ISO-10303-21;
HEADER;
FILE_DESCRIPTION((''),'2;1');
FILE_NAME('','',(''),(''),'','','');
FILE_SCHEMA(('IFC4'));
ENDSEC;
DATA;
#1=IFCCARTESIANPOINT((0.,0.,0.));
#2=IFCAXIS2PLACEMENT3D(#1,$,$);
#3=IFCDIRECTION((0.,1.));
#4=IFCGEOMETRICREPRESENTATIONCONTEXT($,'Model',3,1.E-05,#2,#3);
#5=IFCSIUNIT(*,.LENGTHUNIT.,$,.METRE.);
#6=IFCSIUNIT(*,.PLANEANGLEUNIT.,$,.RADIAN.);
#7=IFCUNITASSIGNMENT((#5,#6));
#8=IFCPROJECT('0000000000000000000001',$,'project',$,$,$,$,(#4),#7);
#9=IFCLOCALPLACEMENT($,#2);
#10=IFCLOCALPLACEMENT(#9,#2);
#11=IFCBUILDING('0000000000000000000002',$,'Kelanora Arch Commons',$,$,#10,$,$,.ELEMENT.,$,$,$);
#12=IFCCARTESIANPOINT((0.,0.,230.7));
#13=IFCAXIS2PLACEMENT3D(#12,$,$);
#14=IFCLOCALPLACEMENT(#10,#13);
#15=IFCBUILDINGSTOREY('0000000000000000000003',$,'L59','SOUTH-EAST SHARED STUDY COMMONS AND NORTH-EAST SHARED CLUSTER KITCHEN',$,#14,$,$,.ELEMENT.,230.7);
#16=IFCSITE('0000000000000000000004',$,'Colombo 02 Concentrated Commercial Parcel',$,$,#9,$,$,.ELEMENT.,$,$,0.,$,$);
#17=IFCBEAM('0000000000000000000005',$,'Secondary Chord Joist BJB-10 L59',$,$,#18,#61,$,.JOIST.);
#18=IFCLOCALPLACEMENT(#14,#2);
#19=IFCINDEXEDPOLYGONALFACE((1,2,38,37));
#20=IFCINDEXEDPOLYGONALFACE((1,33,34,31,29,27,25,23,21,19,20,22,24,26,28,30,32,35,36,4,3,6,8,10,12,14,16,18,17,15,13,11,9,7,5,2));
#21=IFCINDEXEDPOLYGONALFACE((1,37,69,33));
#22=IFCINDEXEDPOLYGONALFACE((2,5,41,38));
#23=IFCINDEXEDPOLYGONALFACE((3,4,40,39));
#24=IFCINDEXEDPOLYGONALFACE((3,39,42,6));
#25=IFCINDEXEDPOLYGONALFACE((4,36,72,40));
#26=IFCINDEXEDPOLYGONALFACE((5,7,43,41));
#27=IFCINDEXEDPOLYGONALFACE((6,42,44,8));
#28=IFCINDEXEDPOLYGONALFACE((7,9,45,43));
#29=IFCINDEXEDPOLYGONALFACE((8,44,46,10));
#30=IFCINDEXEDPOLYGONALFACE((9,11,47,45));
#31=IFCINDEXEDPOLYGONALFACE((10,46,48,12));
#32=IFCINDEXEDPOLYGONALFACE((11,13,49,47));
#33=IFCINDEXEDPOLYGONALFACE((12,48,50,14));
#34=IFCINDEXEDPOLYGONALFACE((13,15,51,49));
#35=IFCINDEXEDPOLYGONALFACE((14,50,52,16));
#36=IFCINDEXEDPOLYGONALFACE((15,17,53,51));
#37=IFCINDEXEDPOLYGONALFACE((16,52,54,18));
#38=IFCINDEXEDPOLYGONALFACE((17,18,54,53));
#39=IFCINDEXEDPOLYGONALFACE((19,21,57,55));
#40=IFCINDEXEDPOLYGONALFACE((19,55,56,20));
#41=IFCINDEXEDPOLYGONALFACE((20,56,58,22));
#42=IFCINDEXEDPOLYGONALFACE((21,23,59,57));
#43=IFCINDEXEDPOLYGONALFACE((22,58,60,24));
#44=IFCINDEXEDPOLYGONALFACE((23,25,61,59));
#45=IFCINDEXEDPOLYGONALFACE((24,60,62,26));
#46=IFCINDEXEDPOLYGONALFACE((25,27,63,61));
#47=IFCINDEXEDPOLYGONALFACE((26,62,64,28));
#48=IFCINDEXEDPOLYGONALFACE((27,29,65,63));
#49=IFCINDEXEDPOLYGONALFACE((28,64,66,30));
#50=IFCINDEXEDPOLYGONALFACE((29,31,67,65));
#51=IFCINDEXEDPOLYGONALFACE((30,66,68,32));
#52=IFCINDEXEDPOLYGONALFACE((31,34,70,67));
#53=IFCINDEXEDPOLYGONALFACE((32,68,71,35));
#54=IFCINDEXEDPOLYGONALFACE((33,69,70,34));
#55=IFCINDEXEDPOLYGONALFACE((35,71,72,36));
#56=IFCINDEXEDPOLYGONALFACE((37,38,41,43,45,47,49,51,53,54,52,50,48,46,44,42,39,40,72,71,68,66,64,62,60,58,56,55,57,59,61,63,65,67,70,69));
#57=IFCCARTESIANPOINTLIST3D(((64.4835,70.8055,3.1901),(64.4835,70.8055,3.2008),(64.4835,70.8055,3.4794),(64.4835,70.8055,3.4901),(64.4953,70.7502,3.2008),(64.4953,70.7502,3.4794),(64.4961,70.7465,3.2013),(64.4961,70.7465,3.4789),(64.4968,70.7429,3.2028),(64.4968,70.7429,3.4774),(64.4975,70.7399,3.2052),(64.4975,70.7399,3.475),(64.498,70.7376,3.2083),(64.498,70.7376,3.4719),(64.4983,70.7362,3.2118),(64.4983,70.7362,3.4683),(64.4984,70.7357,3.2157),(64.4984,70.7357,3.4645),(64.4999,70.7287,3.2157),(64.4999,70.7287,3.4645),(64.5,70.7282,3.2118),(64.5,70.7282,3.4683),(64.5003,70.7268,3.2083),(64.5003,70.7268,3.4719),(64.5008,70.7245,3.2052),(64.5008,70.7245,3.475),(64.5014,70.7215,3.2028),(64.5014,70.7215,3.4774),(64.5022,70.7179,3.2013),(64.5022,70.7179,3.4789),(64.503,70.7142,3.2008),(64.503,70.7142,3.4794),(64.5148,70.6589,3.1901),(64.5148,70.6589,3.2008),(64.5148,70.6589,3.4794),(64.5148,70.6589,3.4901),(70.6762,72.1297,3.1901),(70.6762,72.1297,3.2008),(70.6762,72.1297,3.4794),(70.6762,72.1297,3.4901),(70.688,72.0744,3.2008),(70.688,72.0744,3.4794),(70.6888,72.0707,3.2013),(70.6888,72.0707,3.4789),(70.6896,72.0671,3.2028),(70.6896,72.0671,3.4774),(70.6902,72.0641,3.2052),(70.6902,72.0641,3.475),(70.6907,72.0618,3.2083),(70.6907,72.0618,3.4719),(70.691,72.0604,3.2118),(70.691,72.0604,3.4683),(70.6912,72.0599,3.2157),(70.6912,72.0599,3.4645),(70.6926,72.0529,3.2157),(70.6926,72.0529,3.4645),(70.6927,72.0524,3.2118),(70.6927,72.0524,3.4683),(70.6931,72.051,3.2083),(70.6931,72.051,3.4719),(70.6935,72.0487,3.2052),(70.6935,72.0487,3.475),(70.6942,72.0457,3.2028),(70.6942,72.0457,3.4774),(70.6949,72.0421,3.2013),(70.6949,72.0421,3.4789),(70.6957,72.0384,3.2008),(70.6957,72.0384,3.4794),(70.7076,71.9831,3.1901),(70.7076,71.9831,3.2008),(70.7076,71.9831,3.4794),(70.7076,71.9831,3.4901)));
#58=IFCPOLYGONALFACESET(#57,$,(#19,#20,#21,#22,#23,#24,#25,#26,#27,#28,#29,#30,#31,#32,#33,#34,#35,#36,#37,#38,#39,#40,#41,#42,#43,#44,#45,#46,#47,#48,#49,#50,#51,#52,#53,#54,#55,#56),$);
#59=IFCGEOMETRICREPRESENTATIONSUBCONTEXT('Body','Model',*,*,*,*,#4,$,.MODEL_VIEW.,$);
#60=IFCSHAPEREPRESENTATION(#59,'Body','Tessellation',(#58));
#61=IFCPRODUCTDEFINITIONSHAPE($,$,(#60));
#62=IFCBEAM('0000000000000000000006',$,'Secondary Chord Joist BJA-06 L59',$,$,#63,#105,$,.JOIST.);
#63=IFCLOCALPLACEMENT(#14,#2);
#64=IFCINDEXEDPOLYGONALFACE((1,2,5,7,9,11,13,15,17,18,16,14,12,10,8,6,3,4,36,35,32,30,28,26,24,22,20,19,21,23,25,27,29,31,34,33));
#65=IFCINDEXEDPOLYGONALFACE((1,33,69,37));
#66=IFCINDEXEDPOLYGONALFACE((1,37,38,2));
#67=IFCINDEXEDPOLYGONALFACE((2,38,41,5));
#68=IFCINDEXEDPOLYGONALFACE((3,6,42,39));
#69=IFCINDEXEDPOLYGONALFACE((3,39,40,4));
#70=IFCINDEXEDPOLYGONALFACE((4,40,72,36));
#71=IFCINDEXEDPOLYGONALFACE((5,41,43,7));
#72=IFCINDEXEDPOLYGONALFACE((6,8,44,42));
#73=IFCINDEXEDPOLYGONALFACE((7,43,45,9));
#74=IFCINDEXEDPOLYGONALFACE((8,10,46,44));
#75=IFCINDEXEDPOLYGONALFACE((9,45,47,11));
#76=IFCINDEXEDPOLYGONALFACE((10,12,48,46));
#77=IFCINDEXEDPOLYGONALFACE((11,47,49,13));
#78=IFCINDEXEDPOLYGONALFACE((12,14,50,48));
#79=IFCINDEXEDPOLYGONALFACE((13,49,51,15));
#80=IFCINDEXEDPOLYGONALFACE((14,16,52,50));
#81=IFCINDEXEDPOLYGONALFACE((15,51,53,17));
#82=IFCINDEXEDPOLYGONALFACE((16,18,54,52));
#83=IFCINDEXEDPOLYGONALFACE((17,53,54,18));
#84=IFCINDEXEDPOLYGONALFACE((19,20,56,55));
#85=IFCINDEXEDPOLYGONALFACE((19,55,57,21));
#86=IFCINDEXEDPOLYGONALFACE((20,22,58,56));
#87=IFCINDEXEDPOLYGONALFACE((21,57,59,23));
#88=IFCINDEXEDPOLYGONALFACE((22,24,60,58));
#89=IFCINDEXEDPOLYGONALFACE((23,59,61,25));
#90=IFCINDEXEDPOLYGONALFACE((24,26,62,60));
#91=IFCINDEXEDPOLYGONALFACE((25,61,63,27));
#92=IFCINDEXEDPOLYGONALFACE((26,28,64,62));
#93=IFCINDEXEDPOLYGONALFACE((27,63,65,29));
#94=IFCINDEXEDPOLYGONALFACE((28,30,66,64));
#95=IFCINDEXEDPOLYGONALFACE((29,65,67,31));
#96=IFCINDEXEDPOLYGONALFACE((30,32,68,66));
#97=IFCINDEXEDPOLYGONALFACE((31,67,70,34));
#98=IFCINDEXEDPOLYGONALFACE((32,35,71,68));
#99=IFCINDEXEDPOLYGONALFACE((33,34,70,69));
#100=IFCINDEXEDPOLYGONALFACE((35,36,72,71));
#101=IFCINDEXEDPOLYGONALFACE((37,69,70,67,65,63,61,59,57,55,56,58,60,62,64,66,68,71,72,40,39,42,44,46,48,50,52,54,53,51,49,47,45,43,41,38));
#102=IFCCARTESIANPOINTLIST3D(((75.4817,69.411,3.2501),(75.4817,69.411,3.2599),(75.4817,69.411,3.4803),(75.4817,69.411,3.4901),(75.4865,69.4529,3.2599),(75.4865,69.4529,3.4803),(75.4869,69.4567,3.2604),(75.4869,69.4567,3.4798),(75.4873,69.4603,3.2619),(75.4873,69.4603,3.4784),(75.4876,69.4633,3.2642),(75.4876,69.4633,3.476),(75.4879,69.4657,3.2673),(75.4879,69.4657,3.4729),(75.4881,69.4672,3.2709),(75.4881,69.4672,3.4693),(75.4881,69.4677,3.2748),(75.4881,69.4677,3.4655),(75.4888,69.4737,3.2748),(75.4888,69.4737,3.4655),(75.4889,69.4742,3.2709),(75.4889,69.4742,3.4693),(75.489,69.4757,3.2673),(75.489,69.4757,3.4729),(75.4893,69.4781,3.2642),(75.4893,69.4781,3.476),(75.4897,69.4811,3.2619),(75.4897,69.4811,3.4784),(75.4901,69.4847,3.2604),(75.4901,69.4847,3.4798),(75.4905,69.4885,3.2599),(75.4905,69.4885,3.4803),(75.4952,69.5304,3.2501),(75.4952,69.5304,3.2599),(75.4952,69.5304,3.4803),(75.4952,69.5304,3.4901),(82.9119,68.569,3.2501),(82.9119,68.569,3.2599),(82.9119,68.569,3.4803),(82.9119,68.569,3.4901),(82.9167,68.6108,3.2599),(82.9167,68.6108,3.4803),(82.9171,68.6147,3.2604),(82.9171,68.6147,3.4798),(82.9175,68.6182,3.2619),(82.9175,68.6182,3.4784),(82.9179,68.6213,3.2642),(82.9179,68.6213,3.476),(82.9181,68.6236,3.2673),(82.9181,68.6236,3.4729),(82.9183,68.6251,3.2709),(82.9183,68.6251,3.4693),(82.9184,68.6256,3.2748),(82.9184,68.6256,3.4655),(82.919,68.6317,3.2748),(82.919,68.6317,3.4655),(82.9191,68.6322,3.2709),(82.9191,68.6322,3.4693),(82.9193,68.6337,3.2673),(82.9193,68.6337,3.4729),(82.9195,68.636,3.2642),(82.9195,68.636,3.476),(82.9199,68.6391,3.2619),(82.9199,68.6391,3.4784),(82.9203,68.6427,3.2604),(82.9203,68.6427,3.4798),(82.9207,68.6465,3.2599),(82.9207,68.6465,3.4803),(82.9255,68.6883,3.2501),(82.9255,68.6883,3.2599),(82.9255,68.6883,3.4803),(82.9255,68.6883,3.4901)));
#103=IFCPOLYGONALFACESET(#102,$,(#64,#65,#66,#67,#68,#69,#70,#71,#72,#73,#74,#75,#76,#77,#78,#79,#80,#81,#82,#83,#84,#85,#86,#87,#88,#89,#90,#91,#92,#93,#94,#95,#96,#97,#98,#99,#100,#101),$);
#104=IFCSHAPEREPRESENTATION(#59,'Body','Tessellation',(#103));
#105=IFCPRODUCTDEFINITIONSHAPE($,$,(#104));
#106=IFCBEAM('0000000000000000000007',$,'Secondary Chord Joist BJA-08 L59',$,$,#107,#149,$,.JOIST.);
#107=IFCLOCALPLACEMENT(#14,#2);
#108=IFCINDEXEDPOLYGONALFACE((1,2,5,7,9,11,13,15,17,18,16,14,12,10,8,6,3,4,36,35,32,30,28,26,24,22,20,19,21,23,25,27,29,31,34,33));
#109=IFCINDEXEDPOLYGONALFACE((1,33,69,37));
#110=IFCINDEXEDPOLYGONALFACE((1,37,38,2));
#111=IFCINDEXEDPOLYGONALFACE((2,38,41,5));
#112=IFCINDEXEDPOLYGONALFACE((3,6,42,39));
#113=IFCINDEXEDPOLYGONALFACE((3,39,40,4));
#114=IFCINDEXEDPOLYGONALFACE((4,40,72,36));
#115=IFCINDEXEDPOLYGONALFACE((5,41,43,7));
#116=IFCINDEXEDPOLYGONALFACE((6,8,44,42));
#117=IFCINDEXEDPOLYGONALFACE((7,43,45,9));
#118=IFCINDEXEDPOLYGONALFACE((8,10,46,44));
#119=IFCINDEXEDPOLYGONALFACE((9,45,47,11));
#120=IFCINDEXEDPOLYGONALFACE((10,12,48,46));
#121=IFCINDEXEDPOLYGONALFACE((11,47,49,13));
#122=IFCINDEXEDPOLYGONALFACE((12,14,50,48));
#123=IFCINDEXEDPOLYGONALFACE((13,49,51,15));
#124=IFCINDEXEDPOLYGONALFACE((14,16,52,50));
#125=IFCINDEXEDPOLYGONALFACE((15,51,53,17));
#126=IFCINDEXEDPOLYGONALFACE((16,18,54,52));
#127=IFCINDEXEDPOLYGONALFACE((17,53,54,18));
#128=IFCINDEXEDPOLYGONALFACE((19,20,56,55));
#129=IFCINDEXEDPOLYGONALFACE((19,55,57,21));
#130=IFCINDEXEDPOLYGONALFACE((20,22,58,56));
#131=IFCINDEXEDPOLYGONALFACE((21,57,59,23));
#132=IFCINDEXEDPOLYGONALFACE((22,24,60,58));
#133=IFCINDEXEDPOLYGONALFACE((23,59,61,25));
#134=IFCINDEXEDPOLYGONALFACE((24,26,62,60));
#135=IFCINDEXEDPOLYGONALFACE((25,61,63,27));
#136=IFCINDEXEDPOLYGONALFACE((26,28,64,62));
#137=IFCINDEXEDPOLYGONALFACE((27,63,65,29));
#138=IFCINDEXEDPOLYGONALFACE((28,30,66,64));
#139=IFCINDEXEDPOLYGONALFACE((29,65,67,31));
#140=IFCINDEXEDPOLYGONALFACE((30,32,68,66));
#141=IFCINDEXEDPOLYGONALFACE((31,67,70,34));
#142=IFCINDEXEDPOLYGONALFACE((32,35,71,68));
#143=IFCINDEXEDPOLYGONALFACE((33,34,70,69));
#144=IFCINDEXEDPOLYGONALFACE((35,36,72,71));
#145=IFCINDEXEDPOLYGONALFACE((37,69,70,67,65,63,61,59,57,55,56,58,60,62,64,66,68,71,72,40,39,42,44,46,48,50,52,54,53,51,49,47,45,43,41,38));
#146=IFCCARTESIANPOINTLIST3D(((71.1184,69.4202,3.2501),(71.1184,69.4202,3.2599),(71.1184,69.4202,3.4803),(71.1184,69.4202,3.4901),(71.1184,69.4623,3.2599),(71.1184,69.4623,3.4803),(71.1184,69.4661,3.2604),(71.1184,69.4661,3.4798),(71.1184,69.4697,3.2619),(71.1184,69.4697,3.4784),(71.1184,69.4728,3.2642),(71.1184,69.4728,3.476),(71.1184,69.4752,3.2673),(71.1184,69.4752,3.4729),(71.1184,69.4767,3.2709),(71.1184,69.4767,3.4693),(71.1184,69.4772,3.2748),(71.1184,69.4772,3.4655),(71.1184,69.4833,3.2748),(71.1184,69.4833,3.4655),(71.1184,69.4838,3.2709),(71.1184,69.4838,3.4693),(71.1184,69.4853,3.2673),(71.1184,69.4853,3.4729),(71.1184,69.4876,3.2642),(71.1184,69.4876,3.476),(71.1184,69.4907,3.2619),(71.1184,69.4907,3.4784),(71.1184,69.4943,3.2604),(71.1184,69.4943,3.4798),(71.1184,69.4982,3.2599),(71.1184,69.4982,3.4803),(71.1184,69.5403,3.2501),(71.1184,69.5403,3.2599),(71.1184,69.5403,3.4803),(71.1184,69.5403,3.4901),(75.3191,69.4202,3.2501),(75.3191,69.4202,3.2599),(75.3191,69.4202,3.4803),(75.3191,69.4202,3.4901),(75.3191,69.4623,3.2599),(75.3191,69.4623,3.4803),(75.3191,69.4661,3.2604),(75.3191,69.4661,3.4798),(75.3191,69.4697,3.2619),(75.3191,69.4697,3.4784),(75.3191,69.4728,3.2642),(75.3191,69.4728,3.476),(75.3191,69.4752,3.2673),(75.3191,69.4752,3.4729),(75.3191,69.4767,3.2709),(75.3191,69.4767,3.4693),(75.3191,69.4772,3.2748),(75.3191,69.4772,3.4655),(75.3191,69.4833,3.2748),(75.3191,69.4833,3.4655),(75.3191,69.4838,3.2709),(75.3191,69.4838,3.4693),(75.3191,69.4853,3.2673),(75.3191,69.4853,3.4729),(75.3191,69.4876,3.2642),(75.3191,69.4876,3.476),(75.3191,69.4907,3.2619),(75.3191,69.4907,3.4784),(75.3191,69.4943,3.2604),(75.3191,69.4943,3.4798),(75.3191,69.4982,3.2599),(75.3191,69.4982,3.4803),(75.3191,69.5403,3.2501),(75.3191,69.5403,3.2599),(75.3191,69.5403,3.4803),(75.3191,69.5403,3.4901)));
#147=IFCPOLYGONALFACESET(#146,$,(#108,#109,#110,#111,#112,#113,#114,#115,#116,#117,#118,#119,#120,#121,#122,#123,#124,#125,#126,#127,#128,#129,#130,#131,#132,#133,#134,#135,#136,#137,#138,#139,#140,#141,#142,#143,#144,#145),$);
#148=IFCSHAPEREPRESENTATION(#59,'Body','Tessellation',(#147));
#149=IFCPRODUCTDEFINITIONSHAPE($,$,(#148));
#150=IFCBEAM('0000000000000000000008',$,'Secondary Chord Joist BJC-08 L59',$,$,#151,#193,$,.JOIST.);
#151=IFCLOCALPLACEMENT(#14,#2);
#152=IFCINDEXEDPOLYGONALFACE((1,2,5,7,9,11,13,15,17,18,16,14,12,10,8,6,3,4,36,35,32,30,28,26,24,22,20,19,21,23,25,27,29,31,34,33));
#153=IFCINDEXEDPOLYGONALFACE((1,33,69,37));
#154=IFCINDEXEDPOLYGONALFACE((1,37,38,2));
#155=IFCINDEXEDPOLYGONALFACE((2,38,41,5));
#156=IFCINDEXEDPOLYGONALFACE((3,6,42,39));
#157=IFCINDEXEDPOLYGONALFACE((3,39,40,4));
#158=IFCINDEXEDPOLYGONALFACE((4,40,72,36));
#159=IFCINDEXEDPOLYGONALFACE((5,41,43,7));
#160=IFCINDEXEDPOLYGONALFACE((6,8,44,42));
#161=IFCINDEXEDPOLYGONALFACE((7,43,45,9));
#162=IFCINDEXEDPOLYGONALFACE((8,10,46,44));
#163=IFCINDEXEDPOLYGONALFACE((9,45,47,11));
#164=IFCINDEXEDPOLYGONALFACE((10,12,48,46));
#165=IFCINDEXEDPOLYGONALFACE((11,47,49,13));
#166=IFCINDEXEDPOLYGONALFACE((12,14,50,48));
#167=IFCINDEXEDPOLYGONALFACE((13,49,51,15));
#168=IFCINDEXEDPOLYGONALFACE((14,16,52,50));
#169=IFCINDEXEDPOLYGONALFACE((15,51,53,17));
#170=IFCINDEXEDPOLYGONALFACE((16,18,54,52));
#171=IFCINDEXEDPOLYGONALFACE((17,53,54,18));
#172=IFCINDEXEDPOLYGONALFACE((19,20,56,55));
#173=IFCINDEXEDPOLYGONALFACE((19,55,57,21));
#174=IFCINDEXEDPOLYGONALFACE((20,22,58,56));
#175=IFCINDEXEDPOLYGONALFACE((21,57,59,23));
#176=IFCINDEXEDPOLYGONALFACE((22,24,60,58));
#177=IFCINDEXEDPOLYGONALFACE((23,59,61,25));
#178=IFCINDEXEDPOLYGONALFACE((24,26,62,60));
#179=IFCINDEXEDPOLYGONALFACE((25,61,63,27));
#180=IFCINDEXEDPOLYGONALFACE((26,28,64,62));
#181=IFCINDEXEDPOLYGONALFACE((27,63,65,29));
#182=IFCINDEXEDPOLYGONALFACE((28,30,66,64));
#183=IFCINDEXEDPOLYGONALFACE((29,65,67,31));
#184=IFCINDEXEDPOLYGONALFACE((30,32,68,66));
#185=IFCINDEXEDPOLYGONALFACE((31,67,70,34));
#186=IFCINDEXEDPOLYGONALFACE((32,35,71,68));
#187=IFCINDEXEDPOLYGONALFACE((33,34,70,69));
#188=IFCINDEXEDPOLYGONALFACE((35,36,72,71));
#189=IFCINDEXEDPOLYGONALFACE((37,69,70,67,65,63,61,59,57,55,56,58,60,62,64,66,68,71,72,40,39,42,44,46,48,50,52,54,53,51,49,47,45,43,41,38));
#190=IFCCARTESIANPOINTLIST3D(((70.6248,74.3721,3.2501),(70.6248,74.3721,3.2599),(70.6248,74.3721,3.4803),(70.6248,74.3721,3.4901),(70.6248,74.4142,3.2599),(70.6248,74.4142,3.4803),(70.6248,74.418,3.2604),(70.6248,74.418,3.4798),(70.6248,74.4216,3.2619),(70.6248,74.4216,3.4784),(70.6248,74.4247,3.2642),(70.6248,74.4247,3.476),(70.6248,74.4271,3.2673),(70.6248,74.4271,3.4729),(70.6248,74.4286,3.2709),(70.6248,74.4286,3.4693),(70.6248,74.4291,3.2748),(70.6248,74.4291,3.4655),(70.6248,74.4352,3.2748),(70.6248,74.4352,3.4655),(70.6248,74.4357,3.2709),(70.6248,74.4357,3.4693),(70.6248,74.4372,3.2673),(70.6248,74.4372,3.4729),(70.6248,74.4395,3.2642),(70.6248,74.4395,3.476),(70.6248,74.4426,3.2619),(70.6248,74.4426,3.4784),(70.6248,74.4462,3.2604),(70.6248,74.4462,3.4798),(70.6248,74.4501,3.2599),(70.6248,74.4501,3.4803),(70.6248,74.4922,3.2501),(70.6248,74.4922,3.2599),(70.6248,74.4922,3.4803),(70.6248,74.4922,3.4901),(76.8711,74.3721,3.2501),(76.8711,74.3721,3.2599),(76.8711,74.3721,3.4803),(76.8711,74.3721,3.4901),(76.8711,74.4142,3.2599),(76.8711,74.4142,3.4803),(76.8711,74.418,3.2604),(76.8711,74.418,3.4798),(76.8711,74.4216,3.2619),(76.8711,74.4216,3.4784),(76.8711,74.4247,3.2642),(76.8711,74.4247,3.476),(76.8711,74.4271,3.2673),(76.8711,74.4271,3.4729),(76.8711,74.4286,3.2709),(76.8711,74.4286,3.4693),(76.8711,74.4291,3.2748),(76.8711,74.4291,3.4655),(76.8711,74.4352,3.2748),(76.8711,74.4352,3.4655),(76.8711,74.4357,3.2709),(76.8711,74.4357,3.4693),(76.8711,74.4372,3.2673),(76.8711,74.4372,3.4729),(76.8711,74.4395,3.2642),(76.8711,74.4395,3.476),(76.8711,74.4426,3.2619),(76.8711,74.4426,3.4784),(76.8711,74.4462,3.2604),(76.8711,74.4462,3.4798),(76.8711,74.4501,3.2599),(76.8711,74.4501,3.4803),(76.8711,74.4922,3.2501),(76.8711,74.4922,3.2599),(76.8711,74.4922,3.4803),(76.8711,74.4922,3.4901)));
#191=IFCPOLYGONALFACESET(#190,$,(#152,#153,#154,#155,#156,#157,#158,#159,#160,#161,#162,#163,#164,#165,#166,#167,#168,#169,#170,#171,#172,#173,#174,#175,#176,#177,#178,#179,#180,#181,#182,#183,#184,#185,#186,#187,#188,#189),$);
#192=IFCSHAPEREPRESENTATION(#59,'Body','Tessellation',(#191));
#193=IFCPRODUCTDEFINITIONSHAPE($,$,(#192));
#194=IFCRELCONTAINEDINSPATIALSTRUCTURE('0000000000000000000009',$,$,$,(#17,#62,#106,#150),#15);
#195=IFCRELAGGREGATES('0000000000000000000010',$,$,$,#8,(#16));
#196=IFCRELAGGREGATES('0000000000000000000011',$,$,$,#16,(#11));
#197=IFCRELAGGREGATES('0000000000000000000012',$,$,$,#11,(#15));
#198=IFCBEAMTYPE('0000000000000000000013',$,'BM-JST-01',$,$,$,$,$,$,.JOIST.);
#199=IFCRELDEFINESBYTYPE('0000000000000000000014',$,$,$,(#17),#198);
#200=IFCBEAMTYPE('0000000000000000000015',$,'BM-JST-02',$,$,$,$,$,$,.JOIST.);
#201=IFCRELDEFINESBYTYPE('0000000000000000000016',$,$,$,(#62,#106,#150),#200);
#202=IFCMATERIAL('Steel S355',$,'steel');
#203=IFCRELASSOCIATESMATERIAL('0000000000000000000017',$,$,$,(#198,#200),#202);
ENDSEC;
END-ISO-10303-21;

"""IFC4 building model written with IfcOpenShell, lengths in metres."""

from ifc_helpers import new_model, si_unit, direction, frame, origin, origin_2d, place, context, subcontext, project, spatial, i_section, extrude, material, material_profile, profile_set, type_object, element, save


model = new_model("IFC4")

# Units and contexts
model_context = context("Model", 3, precision=1e-05, world=origin(), true_north=direction((0.0, 1.0)))
body_context = subcontext(model_context, "Body", "Model", "MODEL_VIEW")
ifc_project = project(units=[si_unit("LENGTHUNIT", "METRE"), si_unit("PLANEANGLEUNIT", "RADIAN")], contexts=[model_context])

# Site, building, storey
site_placement = place(None, origin())
site = spatial("IfcSite", under=ifc_project, at=site_placement, Name="Colombo 02 Concentrated Commercial Parcel", CompositionType="ELEMENT", RefElevation=0.0)
building_placement = place(site_placement, origin())
building = spatial("IfcBuilding", under=site, at=building_placement, Name="Kelanora Arch Commons", CompositionType="ELEMENT")
storey_placement = place(building_placement, frame((0.0, 0.0, 230.7)))
storey = spatial("IfcBuildingStorey", under=building, at=storey_placement, Name="L59", Description="SOUTH-EAST SHARED STUDY COMMONS AND NORTH-EAST SHARED CLUSTER KITCHEN", CompositionType="ELEMENT", Elevation=230.7)

# Beams
ifc_material_1 = material(Name="Steel S355", Category="steel")
ifc_material_profile_1 = material_profile(ifc_material_1, i_section(OverallWidth=0.1499, OverallDepth=0.3, WebThickness=0.0071, FlangeThickness=0.0107, FilletRadius=0.0149, at=origin_2d()), Name="IPE300")
ifc_profile_set_1 = profile_set([ifc_material_profile_1], Name="Steel S355")
beam_type_1 = type_object("IfcBeamType", Name="BM-JST-01", PredefinedType="JOIST", material=ifc_profile_set_1)
beam_1_placement = place(storey_placement, frame((70.6919, 72.0564, 3.3401), z_axis=(-0.977894, -0.209103, 0.0), x_axis=(0.209103, -0.977894, 0.0)))
element("IfcBeam", 1, at=beam_1_placement, inside=storey, type_object=beam_type_1, Name="Secondary Chord Joist BJB-10 L59", PredefinedType="JOIST", context=body_context, shape_type="SweptSolid", body=[
    extrude(i_section(OverallWidth=0.1499, OverallDepth=0.3, WebThickness=0.0071, FlangeThickness=0.0107, FilletRadius=0.0149, at=origin_2d()), origin(), (0.0, 0.0, 1.0), 6.3328),
])
ifc_material_profile_2 = material_profile(ifc_material_1, i_section(OverallWidth=0.1201, OverallDepth=0.24, WebThickness=0.0061, FlangeThickness=0.0098, FilletRadius=0.0149, at=origin_2d()), Name="IPE240")
ifc_profile_set_2 = profile_set([ifc_material_profile_2], Name="Steel S355")
beam_type_2 = type_object("IfcBeamType", Name="BM-JST-02", PredefinedType="JOIST", material=ifc_profile_set_2)
beam_2_placement = place(storey_placement, frame((82.9187, 68.6287, 3.3701), z_axis=(-0.99364, 0.112606, 0.0), x_axis=(-0.112606, -0.99364, 0.0)))
element("IfcBeam", 2, at=beam_2_placement, inside=storey, type_object=beam_type_2, Name="Secondary Chord Joist BJA-06 L59", PredefinedType="JOIST", context=body_context, shape_type="SweptSolid", body=[
    extrude(i_section(OverallWidth=0.1201, OverallDepth=0.24, WebThickness=0.0061, FlangeThickness=0.0098, FilletRadius=0.0149, at=origin_2d()), origin(), (0.0, 0.0, 1.0), 7.4778),
])
beam_3_placement = place(storey_placement, frame((75.3191, 69.4802, 3.3701), z_axis=(-1.0, 0.0, 0.0), x_axis=(0.0, -1.0, 0.0)))
element("IfcBeam", 3, at=beam_3_placement, inside=storey, type_object=beam_type_2, Name="Secondary Chord Joist BJA-08 L59", PredefinedType="JOIST", context=body_context, shape_type="SweptSolid", body=[
    extrude(i_section(OverallWidth=0.1201, OverallDepth=0.24, WebThickness=0.0061, FlangeThickness=0.0098, FilletRadius=0.0149, at=origin_2d()), origin(), (0.0, 0.0, 1.0), 4.2007),
])
beam_4_placement = place(storey_placement, frame((76.8711, 74.4321, 3.3701), z_axis=(-1.0, 0.0, 0.0), x_axis=(0.0, -1.0, 0.0)))
element("IfcBeam", 4, at=beam_4_placement, inside=storey, type_object=beam_type_2, Name="Secondary Chord Joist BJC-08 L59", PredefinedType="JOIST", context=body_context, shape_type="SweptSolid", body=[
    extrude(i_section(OverallWidth=0.1201, OverallDepth=0.24, WebThickness=0.0061, FlangeThickness=0.0098, FilletRadius=0.0149, at=origin_2d()), origin(), (0.0, 0.0, 1.0), 6.2463),
])

save(model, "model.ifc")
